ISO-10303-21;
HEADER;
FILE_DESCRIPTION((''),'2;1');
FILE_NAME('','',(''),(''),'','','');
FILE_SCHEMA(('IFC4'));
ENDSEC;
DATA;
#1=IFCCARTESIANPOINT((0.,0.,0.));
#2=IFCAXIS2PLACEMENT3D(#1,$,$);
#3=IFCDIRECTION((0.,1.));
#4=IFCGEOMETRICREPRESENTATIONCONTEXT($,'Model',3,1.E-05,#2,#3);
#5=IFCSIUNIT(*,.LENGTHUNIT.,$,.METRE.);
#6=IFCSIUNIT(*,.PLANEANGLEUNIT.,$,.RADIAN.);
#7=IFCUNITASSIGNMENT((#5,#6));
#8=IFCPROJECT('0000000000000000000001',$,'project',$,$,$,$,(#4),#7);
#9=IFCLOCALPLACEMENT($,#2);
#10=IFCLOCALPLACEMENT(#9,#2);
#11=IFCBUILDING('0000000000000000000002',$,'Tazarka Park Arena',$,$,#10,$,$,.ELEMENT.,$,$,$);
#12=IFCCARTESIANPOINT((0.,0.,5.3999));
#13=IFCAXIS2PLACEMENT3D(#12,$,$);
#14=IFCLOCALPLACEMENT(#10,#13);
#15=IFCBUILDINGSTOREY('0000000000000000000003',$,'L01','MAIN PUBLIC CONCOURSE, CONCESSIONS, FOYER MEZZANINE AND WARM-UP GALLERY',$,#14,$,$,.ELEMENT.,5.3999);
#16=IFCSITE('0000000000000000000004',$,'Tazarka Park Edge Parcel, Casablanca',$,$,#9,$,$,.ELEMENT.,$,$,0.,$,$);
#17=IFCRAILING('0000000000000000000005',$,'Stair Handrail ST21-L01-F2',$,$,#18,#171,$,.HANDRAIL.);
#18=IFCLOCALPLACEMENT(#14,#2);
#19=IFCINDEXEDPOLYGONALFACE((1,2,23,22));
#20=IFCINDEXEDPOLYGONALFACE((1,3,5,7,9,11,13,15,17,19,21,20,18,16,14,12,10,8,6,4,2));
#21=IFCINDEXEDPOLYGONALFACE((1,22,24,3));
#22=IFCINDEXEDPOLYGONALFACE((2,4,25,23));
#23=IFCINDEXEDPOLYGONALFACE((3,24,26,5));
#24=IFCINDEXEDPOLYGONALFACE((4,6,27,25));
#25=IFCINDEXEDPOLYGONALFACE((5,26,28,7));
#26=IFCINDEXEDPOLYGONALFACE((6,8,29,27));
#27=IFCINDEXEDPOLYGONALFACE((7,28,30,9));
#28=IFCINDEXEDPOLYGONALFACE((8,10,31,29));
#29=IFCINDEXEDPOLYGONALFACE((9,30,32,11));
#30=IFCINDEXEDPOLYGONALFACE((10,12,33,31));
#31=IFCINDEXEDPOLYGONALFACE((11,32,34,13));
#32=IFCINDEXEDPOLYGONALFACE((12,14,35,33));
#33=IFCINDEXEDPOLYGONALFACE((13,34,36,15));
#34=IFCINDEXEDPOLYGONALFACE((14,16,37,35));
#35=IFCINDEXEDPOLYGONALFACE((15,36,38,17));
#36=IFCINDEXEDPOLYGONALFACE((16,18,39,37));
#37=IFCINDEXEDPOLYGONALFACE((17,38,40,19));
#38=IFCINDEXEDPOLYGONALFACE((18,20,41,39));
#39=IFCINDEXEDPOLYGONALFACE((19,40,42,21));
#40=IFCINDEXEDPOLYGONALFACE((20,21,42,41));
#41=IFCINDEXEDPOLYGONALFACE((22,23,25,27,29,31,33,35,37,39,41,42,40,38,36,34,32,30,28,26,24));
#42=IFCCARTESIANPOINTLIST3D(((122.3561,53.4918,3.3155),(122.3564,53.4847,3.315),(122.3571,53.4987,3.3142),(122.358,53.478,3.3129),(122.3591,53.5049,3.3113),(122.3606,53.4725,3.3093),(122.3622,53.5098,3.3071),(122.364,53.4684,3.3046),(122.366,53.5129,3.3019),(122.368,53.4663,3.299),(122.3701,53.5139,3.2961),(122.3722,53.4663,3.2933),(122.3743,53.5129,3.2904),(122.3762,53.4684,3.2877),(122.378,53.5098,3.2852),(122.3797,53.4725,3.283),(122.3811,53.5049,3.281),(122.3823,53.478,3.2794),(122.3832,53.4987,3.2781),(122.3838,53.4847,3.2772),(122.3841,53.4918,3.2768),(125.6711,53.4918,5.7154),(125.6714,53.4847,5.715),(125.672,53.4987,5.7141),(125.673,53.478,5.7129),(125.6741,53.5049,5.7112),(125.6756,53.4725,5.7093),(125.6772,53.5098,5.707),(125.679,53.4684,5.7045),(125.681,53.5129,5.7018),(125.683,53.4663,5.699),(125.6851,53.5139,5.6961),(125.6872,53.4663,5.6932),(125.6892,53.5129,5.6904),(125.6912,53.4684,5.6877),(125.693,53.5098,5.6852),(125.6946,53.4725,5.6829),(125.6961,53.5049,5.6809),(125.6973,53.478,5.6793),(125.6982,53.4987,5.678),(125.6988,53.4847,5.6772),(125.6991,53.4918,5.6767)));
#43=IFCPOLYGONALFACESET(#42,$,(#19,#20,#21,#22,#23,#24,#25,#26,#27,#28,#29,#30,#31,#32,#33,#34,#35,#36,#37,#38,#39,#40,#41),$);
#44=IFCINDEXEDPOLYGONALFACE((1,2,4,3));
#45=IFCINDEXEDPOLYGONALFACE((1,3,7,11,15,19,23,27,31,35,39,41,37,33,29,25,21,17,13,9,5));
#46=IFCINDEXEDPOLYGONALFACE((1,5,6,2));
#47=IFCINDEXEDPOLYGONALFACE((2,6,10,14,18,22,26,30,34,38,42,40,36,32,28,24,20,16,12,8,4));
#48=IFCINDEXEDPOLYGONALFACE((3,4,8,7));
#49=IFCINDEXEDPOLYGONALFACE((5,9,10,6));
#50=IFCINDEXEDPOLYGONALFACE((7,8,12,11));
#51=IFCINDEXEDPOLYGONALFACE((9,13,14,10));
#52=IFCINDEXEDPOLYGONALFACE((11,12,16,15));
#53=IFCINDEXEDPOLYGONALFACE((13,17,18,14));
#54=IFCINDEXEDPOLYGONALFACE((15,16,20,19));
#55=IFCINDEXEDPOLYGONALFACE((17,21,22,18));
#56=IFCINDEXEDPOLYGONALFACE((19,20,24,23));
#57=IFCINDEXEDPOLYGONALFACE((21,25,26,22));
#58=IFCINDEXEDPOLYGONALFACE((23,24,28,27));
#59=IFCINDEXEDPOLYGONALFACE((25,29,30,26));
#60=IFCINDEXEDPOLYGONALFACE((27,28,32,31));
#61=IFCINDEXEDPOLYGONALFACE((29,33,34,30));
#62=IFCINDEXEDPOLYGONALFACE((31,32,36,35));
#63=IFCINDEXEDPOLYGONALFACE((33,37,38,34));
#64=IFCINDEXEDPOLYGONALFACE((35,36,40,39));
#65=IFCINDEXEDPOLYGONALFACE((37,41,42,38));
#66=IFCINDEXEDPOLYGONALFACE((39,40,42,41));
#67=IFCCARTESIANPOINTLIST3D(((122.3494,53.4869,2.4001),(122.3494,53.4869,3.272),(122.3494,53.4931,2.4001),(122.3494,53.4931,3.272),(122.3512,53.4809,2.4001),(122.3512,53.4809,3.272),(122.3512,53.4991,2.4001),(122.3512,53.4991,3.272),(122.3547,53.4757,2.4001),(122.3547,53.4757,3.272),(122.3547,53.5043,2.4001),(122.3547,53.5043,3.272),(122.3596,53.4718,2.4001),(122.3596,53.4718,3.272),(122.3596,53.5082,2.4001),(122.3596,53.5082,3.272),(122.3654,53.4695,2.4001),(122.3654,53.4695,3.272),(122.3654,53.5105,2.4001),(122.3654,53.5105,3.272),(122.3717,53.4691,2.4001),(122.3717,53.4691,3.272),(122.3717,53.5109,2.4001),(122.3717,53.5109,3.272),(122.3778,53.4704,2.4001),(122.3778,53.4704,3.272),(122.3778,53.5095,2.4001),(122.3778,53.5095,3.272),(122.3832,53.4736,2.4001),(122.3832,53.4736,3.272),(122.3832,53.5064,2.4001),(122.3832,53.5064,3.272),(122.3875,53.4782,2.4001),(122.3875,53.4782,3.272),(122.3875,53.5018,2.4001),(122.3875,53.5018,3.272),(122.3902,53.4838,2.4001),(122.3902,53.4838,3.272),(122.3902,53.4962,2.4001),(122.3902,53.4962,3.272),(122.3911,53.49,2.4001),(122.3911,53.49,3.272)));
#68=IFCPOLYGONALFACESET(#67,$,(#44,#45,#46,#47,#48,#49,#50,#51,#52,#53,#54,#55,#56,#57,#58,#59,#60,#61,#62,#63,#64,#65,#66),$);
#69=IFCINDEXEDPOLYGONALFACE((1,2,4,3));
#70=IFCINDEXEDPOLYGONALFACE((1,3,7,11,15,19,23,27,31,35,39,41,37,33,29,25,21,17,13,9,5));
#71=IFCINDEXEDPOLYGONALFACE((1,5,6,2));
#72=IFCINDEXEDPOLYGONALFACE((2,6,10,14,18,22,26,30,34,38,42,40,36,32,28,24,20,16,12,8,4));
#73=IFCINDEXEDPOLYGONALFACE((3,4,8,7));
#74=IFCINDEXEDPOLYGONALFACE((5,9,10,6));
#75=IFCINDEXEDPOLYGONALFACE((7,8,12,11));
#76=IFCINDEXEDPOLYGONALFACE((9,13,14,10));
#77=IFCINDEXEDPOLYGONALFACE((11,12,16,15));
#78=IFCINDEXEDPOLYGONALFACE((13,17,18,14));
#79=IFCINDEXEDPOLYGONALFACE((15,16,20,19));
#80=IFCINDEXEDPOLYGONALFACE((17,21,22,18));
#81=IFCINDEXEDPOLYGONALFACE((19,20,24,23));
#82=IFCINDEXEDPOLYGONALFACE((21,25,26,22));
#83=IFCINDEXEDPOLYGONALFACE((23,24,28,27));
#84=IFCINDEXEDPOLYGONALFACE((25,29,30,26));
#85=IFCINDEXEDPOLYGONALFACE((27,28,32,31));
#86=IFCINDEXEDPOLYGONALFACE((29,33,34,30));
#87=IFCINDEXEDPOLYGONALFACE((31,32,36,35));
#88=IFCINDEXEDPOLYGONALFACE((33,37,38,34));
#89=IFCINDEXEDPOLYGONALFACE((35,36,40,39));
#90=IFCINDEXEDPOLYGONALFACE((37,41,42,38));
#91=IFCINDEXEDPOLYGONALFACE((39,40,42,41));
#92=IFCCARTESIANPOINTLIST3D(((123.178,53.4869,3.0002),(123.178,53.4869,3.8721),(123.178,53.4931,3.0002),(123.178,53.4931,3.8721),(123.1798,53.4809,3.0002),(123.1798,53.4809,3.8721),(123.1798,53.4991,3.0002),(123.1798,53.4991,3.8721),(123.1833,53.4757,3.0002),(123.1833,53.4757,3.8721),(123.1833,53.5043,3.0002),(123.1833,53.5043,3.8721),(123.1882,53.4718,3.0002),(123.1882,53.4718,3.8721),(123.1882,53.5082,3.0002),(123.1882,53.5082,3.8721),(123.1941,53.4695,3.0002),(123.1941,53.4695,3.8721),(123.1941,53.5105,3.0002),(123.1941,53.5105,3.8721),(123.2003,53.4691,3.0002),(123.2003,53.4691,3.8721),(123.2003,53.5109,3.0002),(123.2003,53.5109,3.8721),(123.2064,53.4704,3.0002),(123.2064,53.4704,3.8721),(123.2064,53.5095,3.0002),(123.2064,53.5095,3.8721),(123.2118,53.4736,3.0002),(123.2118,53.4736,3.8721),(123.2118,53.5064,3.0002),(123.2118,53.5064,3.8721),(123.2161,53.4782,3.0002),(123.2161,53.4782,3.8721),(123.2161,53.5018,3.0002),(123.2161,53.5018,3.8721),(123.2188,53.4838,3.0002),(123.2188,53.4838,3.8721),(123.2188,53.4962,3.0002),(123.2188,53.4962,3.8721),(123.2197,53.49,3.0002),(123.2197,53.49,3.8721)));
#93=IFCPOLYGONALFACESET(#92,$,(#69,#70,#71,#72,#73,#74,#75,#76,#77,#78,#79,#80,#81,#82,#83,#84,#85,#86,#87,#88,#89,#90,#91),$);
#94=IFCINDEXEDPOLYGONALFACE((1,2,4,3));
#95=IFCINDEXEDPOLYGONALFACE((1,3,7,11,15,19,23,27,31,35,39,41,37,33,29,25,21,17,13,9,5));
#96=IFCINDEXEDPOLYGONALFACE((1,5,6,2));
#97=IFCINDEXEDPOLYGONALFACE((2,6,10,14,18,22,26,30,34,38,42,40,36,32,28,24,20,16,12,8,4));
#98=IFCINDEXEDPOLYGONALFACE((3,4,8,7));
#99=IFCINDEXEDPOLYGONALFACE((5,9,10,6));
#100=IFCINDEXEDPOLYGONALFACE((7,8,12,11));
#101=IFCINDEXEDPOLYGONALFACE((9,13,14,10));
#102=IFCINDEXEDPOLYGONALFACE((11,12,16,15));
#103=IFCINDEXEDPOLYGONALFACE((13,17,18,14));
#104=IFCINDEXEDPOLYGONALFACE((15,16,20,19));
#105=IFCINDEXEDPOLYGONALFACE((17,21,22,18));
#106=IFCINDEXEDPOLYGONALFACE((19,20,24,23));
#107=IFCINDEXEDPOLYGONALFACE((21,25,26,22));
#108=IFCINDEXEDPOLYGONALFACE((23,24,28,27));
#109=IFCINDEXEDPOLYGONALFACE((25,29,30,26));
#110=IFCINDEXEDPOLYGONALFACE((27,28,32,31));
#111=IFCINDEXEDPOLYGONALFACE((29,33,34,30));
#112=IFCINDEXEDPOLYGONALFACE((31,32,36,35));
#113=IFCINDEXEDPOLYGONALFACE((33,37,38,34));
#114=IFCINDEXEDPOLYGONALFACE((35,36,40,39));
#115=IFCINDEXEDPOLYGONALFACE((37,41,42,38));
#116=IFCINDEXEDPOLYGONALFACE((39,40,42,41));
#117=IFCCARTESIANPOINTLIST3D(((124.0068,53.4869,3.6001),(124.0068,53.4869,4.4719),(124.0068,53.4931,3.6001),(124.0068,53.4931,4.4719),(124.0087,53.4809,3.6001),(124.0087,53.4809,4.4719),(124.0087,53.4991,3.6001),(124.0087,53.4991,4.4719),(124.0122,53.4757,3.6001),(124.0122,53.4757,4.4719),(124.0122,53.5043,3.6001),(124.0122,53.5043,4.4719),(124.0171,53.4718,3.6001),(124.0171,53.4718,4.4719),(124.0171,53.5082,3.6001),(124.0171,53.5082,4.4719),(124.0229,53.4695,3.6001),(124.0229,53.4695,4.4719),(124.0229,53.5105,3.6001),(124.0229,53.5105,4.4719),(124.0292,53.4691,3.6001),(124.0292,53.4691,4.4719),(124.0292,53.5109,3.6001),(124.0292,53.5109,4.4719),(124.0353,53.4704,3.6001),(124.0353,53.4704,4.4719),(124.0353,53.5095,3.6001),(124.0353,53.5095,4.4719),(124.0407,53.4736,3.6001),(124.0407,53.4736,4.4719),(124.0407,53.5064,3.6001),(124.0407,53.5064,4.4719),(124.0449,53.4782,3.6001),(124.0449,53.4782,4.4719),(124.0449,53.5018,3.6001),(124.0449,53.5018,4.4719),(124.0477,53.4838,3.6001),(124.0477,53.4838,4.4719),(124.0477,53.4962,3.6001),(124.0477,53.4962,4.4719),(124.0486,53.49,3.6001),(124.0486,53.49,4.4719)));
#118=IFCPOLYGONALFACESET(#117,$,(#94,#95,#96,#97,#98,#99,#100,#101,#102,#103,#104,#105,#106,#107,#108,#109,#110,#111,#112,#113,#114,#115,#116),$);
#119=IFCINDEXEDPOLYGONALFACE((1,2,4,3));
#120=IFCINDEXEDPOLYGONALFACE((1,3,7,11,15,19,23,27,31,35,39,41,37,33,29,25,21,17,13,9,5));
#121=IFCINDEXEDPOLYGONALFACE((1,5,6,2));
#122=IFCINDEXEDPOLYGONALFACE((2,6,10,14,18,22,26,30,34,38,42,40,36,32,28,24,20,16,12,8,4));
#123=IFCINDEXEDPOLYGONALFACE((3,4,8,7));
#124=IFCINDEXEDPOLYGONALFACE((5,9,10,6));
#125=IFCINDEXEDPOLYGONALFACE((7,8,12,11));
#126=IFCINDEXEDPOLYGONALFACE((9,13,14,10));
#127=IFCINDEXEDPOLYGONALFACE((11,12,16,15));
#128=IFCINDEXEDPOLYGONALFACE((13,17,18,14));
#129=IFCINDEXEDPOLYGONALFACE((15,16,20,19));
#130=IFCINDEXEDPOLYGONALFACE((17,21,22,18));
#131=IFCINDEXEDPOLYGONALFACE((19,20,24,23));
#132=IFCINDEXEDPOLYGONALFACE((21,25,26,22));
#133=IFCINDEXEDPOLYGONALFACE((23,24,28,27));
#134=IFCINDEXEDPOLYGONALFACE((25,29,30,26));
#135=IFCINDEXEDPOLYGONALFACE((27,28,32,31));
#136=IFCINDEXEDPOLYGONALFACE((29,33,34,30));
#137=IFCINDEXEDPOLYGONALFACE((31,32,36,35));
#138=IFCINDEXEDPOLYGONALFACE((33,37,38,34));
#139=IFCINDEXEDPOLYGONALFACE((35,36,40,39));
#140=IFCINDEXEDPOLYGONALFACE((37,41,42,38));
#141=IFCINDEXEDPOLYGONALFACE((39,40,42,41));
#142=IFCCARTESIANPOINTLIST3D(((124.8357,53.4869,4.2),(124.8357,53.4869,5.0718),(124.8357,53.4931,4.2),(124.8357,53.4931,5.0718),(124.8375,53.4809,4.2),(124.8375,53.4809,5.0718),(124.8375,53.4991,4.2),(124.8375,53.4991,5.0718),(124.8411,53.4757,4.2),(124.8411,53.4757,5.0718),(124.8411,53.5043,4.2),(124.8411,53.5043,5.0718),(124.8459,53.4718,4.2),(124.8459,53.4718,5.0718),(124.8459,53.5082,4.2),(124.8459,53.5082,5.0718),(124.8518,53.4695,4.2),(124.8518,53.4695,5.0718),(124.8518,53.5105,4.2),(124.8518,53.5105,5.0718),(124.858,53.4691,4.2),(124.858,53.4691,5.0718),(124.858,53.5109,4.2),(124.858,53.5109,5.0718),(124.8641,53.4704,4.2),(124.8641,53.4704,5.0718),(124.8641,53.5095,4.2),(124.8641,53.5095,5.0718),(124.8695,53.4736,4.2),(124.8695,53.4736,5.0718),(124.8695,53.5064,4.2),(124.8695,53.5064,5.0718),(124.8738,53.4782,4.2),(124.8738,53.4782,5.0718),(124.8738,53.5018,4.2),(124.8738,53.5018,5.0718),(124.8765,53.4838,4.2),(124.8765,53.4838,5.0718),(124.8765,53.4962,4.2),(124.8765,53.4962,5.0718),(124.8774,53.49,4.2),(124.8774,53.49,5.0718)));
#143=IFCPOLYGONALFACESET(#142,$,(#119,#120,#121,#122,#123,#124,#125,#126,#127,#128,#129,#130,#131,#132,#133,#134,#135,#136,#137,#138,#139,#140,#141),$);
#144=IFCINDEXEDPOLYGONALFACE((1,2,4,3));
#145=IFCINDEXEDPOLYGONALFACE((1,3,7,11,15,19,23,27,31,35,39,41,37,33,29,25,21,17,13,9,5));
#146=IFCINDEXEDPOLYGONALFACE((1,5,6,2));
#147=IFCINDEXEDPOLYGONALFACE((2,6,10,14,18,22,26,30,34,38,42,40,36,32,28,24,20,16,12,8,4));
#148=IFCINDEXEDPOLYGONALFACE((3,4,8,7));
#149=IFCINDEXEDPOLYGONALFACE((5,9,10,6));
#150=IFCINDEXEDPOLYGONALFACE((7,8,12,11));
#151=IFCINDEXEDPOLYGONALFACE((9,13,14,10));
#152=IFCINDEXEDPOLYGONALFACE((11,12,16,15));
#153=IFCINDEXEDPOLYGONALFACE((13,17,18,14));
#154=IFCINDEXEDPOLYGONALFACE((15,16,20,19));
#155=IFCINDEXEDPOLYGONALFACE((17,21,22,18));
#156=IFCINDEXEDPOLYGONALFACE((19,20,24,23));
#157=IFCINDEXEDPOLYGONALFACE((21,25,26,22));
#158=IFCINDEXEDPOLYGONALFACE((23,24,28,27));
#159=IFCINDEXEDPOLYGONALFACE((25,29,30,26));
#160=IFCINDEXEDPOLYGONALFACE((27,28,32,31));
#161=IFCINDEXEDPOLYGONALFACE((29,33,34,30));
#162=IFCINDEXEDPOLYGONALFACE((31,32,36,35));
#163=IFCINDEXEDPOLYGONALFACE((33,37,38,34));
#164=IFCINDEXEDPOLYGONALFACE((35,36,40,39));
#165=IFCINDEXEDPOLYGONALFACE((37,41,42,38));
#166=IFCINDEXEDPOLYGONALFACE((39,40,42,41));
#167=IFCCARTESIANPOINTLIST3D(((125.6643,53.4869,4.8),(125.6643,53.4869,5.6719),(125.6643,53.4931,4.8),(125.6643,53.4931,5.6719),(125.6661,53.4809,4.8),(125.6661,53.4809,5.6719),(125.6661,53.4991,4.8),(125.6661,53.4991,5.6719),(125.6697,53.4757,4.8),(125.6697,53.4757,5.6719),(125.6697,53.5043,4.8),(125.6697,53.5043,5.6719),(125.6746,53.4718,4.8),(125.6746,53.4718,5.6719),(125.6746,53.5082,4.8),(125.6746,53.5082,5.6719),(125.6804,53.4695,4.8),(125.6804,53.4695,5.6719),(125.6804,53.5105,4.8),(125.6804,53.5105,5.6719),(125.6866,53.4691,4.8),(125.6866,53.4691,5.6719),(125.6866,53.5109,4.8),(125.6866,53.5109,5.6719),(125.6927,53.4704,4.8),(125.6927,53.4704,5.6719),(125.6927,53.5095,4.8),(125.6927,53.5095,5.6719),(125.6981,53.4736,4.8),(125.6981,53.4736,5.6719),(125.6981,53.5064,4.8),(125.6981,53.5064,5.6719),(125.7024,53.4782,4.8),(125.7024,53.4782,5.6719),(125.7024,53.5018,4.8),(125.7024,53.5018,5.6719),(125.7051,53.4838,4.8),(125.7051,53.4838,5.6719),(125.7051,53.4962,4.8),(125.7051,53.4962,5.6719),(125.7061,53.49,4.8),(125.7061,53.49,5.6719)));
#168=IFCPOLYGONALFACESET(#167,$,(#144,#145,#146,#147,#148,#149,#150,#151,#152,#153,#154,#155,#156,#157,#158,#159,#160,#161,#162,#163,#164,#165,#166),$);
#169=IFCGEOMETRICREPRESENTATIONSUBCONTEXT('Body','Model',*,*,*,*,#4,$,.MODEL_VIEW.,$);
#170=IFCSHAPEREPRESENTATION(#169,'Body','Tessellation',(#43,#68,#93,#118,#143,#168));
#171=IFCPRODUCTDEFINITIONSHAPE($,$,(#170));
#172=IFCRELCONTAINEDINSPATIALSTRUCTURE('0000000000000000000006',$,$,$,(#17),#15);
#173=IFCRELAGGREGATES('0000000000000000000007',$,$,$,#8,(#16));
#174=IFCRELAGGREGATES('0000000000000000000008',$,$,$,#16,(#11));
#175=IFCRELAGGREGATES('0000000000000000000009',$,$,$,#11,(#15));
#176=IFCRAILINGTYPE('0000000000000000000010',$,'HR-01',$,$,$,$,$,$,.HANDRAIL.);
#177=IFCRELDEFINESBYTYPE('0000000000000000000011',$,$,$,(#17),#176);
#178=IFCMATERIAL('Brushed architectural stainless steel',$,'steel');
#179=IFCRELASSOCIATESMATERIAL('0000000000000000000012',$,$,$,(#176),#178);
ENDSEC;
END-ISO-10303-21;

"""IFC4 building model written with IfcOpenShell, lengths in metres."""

from ifc_helpers import new_model, si_unit, direction, frame, origin, origin_2d, place, context, subcontext, project, spatial, circle, extrude, material, type_object, element, save


model = new_model("IFC4")

# Units and contexts
model_context = context("Model", 3, precision=1e-05, world=origin(), true_north=direction((0.0, 1.0)))
body_context = subcontext(model_context, "Body", "Model", "MODEL_VIEW")
ifc_project = project(units=[si_unit("LENGTHUNIT", "METRE"), si_unit("PLANEANGLEUNIT", "RADIAN")], contexts=[model_context])

# Site, building, storey
site_placement = place(None, origin())
site = spatial("IfcSite", under=ifc_project, at=site_placement, Name="Tazarka Park Edge Parcel, Casablanca", CompositionType="ELEMENT", RefElevation=0.0)
building_placement = place(site_placement, origin())
building = spatial("IfcBuilding", under=site, at=building_placement, Name="Tazarka Park Arena", CompositionType="ELEMENT")
storey_placement = place(building_placement, frame((0.0, 0.0, 5.3999)))
storey = spatial("IfcBuildingStorey", under=building, at=storey_placement, Name="L01", Description="MAIN PUBLIC CONCOURSE, CONCESSIONS, FOYER MEZZANINE AND WARM-UP GALLERY", CompositionType="ELEMENT", Elevation=5.3999)

# Railing
ifc_material_1 = material(Name="Brushed architectural stainless steel", Category="steel")
railing_type_1 = type_object("IfcRailingType", Name="HR-01", PredefinedType="HANDRAIL", material=ifc_material_1)
railing_1_placement = place(storey_placement, frame((122.3701, 53.49, 2.4001)))
element("IfcRailing", 1, at=railing_1_placement, inside=storey, type_object=railing_type_1, Name="Stair Handrail ST21-L01-F2", PredefinedType="HANDRAIL", context=body_context, shape_type="SweptSolid", body=[
    extrude(circle(Radius=0.0239, at=origin_2d()), frame((0.0, 0.0, 0.896), z_axis=(0.810009, 0.0, 0.586418), x_axis=(0.0, 1.0, 0.0)), (0.0, 0.0, 1.0), 4.0925),
    extrude(circle(Radius=0.021, at=origin_2d()), origin(), (0.0, 0.0, 1.0), 0.8718),
    extrude(circle(Radius=0.021, at=origin_2d()), frame((0.8286, 0.0, 0.6001)), (0.0, 0.0, 1.0), 0.8718),
    extrude(circle(Radius=0.021, at=origin_2d()), frame((1.6575, 0.0, 1.2)), (0.0, 0.0, 1.0), 0.8718),
    extrude(circle(Radius=0.021, at=origin_2d()), frame((2.4863, 0.0, 1.7998)), (0.0, 0.0, 1.0), 0.8718),
    extrude(circle(Radius=0.021, at=origin_2d()), frame((3.3149, 0.0, 2.3999)), (0.0, 0.0, 1.0), 0.8718),
])

save(model, "model.ifc")
